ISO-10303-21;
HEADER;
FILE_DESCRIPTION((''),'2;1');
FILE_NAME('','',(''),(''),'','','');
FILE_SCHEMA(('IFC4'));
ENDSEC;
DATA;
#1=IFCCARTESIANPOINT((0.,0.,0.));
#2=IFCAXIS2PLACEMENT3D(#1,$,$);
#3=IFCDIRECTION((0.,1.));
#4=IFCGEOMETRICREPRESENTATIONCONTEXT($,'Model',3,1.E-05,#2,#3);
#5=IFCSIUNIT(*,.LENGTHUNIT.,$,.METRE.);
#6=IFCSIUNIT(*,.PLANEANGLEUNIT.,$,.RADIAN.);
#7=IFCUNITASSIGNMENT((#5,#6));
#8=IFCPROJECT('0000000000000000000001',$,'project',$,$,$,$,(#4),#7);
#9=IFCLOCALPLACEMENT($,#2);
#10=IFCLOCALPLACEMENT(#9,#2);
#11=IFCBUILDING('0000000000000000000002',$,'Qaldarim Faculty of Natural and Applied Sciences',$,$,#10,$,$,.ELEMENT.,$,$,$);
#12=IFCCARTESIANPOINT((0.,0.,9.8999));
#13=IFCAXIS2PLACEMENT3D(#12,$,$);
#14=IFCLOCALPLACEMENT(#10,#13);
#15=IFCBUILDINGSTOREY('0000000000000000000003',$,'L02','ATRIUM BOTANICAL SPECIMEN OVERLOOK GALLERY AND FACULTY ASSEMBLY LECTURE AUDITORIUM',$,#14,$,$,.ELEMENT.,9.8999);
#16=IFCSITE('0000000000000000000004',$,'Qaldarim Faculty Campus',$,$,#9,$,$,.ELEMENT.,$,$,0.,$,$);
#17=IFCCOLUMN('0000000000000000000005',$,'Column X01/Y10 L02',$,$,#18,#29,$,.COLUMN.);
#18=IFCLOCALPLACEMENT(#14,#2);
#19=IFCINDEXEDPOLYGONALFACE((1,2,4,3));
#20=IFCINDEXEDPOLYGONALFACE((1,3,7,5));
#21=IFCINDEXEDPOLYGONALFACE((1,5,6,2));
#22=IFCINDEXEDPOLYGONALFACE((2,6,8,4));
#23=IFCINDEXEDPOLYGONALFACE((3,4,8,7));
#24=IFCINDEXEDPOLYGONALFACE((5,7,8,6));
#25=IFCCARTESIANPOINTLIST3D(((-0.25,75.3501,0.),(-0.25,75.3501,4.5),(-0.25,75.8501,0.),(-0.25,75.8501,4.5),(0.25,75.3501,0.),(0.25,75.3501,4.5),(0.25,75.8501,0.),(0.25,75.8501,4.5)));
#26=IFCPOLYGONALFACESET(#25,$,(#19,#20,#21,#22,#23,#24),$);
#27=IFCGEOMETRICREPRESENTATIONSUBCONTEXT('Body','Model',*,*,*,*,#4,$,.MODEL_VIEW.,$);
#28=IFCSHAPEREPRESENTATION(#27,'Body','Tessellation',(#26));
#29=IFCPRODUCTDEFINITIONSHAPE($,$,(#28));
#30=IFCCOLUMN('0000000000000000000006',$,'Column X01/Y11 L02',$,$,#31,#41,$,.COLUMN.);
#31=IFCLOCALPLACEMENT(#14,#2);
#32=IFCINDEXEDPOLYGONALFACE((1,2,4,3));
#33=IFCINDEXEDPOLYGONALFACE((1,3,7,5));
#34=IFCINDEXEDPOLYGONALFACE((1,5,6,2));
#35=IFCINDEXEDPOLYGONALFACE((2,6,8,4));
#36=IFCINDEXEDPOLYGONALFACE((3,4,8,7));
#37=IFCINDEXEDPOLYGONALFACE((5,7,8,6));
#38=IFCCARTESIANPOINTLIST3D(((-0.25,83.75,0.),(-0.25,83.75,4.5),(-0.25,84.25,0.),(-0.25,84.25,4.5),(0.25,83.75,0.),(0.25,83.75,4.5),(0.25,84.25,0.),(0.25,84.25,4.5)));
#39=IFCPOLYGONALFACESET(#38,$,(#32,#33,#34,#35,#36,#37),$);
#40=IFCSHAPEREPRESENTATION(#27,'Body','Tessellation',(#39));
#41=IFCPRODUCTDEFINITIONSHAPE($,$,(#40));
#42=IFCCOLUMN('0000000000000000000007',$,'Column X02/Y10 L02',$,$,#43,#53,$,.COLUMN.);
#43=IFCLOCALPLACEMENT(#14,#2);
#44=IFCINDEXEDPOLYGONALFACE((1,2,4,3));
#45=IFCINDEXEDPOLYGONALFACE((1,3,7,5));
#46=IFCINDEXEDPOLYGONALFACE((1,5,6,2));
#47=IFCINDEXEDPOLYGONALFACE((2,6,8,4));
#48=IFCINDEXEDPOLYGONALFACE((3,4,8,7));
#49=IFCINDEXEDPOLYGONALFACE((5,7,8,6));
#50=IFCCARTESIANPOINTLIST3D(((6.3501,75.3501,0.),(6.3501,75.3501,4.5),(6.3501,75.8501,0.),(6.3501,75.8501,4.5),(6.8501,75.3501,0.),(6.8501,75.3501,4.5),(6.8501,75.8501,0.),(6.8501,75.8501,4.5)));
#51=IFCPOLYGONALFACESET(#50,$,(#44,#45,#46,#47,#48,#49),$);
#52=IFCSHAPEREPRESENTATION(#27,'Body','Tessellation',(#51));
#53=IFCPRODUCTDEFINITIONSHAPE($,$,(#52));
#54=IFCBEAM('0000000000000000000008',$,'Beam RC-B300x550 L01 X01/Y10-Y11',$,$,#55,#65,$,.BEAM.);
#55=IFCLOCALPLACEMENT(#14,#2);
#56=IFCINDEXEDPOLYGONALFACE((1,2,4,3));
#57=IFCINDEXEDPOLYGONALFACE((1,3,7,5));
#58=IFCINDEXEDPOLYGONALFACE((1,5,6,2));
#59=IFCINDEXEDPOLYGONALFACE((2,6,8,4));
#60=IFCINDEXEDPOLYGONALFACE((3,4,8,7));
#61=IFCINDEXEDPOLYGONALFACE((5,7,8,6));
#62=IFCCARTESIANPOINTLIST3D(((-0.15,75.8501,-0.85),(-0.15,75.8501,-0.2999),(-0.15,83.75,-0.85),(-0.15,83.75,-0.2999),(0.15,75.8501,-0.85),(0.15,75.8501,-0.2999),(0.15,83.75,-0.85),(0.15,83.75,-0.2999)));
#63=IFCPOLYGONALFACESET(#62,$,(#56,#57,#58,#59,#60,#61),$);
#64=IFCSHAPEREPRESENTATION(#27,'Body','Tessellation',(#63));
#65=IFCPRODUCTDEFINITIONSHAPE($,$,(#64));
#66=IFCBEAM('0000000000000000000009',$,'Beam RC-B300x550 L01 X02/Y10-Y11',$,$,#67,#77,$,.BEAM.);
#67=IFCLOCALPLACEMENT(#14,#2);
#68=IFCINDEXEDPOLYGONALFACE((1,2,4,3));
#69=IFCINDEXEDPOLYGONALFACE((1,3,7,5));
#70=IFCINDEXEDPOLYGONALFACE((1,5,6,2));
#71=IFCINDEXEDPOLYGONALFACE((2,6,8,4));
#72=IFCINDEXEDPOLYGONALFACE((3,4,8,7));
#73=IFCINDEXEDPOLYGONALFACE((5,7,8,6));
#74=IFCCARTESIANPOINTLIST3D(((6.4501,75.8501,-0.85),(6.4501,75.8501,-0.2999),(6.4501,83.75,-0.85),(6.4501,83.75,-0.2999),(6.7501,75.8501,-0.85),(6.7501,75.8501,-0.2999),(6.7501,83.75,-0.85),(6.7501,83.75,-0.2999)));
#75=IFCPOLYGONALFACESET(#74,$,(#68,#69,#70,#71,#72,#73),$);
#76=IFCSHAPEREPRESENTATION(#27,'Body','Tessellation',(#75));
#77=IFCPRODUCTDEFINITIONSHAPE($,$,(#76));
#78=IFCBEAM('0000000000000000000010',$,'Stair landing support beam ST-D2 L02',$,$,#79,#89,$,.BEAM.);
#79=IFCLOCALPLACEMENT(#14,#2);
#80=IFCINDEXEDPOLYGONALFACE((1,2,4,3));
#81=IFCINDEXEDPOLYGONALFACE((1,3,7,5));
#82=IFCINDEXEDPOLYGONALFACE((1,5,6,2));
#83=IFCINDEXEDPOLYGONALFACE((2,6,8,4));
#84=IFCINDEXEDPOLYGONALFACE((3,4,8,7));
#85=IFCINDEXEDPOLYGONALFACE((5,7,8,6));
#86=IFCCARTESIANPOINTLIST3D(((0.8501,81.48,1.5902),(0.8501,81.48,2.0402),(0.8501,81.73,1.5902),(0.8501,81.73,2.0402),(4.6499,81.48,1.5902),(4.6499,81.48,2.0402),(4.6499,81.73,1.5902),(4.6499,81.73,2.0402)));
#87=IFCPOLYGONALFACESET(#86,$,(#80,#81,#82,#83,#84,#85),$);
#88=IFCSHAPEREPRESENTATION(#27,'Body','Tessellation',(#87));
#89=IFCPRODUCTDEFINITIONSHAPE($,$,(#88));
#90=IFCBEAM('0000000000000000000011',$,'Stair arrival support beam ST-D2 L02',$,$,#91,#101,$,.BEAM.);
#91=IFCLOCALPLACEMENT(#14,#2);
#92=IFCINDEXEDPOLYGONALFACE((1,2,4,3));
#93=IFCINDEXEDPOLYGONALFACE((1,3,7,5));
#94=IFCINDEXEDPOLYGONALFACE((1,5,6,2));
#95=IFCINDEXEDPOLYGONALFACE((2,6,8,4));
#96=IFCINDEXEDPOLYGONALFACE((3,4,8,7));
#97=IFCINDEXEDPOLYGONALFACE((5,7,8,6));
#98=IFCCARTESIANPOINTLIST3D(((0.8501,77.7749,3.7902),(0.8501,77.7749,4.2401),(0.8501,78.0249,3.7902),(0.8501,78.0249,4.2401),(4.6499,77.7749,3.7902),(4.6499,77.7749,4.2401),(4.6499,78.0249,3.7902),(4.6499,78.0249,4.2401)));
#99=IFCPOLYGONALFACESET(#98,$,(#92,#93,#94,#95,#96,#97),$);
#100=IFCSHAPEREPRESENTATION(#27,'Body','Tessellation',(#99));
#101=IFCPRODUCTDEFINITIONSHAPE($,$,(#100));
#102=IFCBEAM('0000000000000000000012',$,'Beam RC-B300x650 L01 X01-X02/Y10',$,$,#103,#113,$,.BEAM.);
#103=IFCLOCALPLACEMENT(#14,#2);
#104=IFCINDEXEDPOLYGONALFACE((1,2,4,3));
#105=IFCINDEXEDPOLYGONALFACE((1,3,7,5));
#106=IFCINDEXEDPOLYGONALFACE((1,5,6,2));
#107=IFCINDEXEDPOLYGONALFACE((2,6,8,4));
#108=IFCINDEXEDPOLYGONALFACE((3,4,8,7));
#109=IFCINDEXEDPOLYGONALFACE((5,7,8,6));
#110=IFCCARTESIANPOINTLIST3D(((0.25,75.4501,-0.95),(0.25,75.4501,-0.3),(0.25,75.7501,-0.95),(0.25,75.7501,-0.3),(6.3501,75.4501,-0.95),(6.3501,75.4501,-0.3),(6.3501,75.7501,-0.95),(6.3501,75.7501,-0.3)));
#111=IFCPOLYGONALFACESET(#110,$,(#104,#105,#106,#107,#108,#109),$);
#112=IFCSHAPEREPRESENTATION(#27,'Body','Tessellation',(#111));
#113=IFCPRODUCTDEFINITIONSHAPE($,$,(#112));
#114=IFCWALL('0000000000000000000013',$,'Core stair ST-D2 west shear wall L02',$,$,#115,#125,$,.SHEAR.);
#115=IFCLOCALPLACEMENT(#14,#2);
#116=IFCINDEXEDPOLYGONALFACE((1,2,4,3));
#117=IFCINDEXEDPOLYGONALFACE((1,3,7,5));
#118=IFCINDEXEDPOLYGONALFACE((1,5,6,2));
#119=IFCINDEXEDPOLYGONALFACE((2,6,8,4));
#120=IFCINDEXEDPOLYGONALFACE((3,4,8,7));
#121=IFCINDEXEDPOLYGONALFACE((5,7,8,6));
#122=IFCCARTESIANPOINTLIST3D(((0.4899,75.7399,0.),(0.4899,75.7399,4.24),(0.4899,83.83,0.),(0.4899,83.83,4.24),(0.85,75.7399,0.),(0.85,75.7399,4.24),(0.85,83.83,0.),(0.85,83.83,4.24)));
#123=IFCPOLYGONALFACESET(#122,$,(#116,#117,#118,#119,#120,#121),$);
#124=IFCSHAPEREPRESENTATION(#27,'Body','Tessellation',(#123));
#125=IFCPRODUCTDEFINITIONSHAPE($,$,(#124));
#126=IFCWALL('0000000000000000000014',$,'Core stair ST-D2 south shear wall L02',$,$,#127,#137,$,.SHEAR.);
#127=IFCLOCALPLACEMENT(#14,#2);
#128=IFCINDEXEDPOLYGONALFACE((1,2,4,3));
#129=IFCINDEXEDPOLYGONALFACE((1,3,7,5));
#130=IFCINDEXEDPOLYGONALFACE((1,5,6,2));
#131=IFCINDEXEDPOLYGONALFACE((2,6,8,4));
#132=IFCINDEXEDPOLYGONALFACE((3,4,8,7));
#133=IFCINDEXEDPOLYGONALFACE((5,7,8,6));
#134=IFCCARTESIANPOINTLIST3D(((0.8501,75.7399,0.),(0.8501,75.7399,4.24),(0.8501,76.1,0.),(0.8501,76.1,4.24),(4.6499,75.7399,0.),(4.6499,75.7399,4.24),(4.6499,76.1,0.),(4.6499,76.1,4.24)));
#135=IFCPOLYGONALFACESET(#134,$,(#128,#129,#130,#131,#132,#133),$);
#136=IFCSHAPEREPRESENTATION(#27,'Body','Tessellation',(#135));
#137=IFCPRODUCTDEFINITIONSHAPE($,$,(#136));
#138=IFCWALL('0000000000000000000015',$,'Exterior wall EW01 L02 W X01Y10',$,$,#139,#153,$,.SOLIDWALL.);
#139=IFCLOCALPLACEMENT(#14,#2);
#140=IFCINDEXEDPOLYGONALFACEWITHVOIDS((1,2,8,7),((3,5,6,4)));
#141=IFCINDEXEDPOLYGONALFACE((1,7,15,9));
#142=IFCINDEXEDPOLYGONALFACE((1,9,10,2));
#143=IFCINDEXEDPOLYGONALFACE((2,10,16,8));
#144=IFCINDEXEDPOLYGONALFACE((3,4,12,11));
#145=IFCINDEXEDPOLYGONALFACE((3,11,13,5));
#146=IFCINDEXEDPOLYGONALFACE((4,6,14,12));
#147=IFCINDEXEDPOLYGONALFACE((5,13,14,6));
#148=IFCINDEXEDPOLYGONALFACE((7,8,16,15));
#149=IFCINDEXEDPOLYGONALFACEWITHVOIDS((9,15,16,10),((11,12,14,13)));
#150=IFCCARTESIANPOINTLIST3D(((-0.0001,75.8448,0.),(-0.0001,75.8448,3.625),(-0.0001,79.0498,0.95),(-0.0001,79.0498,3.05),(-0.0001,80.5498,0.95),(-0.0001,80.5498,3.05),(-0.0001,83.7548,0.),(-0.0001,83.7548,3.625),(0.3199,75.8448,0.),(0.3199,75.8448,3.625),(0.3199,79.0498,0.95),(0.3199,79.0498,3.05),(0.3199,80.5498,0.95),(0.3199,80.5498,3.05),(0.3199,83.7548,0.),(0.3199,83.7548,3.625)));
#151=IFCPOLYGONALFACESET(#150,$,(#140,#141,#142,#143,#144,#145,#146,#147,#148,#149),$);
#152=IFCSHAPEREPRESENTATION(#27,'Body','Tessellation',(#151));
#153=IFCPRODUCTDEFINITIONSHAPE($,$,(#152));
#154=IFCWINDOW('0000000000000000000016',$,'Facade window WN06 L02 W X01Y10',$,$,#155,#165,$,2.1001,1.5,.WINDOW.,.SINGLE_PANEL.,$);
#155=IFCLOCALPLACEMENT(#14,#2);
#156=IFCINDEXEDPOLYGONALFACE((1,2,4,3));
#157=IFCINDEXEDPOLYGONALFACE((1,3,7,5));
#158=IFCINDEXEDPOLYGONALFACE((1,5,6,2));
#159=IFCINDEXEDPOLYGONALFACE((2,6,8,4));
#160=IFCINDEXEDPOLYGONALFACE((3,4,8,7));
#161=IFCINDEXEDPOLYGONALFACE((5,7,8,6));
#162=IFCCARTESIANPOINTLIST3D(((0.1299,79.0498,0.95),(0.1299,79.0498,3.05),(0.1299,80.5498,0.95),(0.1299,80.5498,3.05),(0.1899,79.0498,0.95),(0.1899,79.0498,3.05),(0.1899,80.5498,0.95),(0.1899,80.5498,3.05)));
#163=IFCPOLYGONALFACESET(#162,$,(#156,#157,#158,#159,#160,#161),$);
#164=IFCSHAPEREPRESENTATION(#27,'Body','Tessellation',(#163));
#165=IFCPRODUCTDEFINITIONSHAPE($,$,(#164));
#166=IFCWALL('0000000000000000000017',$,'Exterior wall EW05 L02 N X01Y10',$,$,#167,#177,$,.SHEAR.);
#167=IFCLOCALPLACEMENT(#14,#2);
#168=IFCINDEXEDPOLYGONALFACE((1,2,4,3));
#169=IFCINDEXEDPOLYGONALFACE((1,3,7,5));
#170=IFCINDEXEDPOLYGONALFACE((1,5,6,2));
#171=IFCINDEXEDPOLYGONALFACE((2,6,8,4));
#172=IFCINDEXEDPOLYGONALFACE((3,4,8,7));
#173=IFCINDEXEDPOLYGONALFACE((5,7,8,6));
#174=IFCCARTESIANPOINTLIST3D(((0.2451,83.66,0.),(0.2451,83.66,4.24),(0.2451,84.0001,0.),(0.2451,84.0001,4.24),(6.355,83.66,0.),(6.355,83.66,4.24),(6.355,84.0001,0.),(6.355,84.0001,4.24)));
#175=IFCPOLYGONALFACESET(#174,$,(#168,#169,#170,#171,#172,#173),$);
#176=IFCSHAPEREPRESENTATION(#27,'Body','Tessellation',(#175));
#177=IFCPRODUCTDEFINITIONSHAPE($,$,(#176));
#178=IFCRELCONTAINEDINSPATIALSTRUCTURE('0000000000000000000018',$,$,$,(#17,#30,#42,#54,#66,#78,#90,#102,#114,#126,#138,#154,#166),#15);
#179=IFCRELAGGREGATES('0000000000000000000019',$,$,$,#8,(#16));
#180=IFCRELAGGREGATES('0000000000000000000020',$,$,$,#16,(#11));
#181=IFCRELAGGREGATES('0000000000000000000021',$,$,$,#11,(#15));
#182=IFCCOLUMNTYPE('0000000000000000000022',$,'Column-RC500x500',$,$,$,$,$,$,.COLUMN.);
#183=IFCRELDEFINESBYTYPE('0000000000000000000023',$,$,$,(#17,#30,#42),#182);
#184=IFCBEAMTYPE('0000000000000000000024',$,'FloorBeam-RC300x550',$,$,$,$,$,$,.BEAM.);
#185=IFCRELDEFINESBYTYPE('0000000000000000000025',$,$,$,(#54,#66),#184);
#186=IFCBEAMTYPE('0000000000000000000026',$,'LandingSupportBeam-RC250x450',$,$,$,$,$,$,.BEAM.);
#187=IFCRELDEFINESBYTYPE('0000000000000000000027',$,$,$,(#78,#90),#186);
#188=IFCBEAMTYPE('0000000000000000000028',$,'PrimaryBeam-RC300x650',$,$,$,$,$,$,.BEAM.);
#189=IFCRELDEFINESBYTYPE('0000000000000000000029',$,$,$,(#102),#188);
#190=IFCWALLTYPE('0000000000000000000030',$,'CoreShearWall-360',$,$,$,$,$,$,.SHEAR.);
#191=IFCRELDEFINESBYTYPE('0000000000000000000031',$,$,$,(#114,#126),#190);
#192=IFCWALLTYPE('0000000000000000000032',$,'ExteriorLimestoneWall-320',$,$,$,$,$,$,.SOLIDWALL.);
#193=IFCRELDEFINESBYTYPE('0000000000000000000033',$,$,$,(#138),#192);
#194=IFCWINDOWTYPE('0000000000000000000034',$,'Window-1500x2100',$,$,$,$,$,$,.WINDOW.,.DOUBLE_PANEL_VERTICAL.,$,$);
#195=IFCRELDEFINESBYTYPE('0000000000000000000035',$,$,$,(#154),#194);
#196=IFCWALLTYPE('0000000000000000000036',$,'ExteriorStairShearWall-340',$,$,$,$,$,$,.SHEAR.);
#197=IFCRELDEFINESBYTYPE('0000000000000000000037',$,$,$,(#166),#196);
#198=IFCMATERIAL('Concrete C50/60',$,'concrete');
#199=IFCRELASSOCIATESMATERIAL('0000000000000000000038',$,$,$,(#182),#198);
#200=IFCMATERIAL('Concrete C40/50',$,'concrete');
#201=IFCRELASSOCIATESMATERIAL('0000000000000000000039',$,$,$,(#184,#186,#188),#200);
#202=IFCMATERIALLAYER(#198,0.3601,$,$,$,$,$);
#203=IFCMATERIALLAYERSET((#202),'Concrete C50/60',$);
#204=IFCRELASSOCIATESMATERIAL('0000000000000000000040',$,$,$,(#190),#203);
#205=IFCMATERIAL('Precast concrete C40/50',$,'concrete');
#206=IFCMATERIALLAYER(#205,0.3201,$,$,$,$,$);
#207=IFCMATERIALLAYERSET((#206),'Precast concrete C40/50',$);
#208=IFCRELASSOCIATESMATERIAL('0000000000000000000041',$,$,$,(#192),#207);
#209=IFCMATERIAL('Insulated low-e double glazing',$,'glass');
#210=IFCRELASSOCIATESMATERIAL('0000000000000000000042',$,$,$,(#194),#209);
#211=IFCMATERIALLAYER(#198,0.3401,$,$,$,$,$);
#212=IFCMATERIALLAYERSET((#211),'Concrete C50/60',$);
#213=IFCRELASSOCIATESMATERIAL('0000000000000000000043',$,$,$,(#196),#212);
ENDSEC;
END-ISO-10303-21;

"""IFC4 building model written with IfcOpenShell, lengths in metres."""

from ifc_helpers import new_model, si_unit, direction, frame, frame_2d, origin, origin_2d, place, context, subcontext, project, spatial, rectangle, extrude, material, layer, layer_set, material_profile, profile_set, type_object, element, fill, save


model = new_model("IFC4")

# Units and contexts
model_context = context("Model", 3, precision=1e-05, world=origin(), true_north=direction((0.0, 1.0)))
body_context = subcontext(model_context, "Body", "Model", "MODEL_VIEW")
ifc_project = project(units=[si_unit("LENGTHUNIT", "METRE"), si_unit("PLANEANGLEUNIT", "RADIAN")], contexts=[model_context])

# Site, building, storey
site_placement = place(None, origin())
site = spatial("IfcSite", under=ifc_project, at=site_placement, Name="Qaldarim Faculty Campus", CompositionType="ELEMENT", RefElevation=0.0)
building_placement = place(site_placement, origin())
building = spatial("IfcBuilding", under=site, at=building_placement, Name="Qaldarim Faculty of Natural and Applied Sciences", CompositionType="ELEMENT")
storey_placement = place(building_placement, frame((0.0, 0.0, 9.8999)))
storey = spatial("IfcBuildingStorey", under=building, at=storey_placement, Name="L02", Description="ATRIUM BOTANICAL SPECIMEN OVERLOOK GALLERY AND FACULTY ASSEMBLY LECTURE AUDITORIUM", CompositionType="ELEMENT", Elevation=9.8999)

# Columns
ifc_material_1 = material(Name="Concrete C50/60", Category="concrete")
ifc_material_profile_1 = material_profile(ifc_material_1, rectangle(XDim=0.5, YDim=0.5, at=origin_2d()), Name="RC-C500x500")
ifc_profile_set_1 = profile_set([ifc_material_profile_1], Name="Concrete C50/60")
column_type = type_object("IfcColumnType", Name="Column-RC500x500", PredefinedType="COLUMN", material=ifc_profile_set_1)
for number, where, z_axis, x_axis, name in (
    (1, (0.0, 75.6001, 0.0), (0.0, 0.0, 1.0), (1.0, 0.0, 0.0), "Column X01/Y10 L02"),
    (2, (0.0, 84.0, 0.0), (0.0, 0.0, 1.0), (1.0, 0.0, 0.0), "Column X01/Y11 L02"),
    (3, (6.6001, 75.6001, 0.0), (0.0, 0.0, 1.0), (1.0, 0.0, 0.0), "Column X02/Y10 L02"),
):
    element("IfcColumn", number, at=place(storey_placement, frame(where, z_axis=z_axis, x_axis=x_axis)), inside=storey, type_object=column_type, Name=name, PredefinedType="COLUMN", context=body_context, shape_type="SweptSolid", body=[
        extrude(rectangle(XDim=0.5, YDim=0.5, at=origin_2d()), origin(), (0.0, 0.0, 1.0), 4.5),
    ])

# Beams
ifc_material_2 = material(Name="Concrete C40/50", Category="concrete")
ifc_material_profile_2 = material_profile(ifc_material_2, rectangle(XDim=0.3, YDim=0.55, at=origin_2d()), Name="RC-B300x550")
ifc_profile_set_2 = profile_set([ifc_material_profile_2], Name="Concrete C40/50")
beam_type_1 = type_object("IfcBeamType", Name="FloorBeam-RC300x550", PredefinedType="BEAM", material=ifc_profile_set_2)
for number, where, z_axis, x_axis, name in (
    (4, (0.0, 75.8501, -0.575), (0.0, 1.0, 0.0), (-1.0, 0.0, 0.0), "Beam RC-B300x550 L01 X01/Y10-Y11"),
    (5, (6.6001, 75.8501, -0.575), (0.0, 1.0, 0.0), (-1.0, 0.0, 0.0), "Beam RC-B300x550 L01 X02/Y10-Y11"),
):
    element("IfcBeam", number, at=place(storey_placement, frame(where, z_axis=z_axis, x_axis=x_axis)), inside=storey, type_object=beam_type_1, Name=name, PredefinedType="BEAM", context=body_context, shape_type="SweptSolid", body=[
        extrude(rectangle(XDim=0.3, YDim=0.55, at=origin_2d()), origin(), (0.0, 0.0, 1.0), 7.8999),
    ])
ifc_material_profile_3 = material_profile(ifc_material_2, rectangle(XDim=0.25, YDim=0.45, at=origin_2d()), Name="RC-LN250x450")
ifc_profile_set_3 = profile_set([ifc_material_profile_3], Name="Concrete C40/50")
beam_type_2 = type_object("IfcBeamType", Name="LandingSupportBeam-RC250x450", PredefinedType="BEAM", material=ifc_profile_set_3)
for number, where, z_axis, x_axis, name in (
    (6, (0.8501, 81.605, 1.8152), (1.0, 0.0, 0.0), (0.0, 1.0, 0.0), "Stair landing support beam ST-D2 L02"),
    (7, (0.8501, 77.8999, 4.0151), (1.0, 0.0, 0.0), (0.0, 1.0, 0.0), "Stair arrival support beam ST-D2 L02"),
):
    element("IfcBeam", number, at=place(storey_placement, frame(where, z_axis=z_axis, x_axis=x_axis)), inside=storey, type_object=beam_type_2, Name=name, PredefinedType="BEAM", context=body_context, shape_type="SweptSolid", body=[
        extrude(rectangle(XDim=0.25, YDim=0.45, at=origin_2d()), origin(), (0.0, 0.0, 1.0), 3.7998),
    ])
ifc_material_profile_4 = material_profile(ifc_material_2, rectangle(XDim=0.3, YDim=0.6499, at=origin_2d()), Name="RC-B300x650")
ifc_profile_set_4 = profile_set([ifc_material_profile_4], Name="Concrete C40/50")
beam_type_3 = type_object("IfcBeamType", Name="PrimaryBeam-RC300x650", PredefinedType="BEAM", material=ifc_profile_set_4)
beam_placement = place(storey_placement, frame((0.25, 75.6001, -0.625), z_axis=(1.0, 0.0, 0.0), x_axis=(0.0, 1.0, 0.0)))
element("IfcBeam", 8, at=beam_placement, inside=storey, type_object=beam_type_3, Name="Beam RC-B300x650 L01 X01-X02/Y10", PredefinedType="BEAM", context=body_context, shape_type="SweptSolid", body=[
    extrude(rectangle(XDim=0.3, YDim=0.6499, at=origin_2d()), origin(), (0.0, 0.0, 1.0), 6.1001),
])

# Wall
ifc_layer_1 = layer(ifc_material_1, 0.3601)
ifc_layer_set_1 = layer_set([ifc_layer_1], Name="Concrete C50/60")
wall_type_1 = type_object("IfcWallType", Name="CoreShearWall-360", PredefinedType="SHEAR", material=ifc_layer_set_1)
wall_1_placement = place(storey_placement, frame((0.6699, 75.74, 0.0), z_axis=(0.0, 0.0, 1.0), x_axis=(0.0, 1.0, 0.0)))
element("IfcWall", 9, at=wall_1_placement, inside=storey, type_object=wall_type_1, Name="Core stair ST-D2 west shear wall L02", PredefinedType="SHEAR", context=body_context, shape_type="SweptSolid", body=[
    extrude(rectangle(XDim=8.0901, YDim=0.3601, at=frame_2d((4.0449, 0.0))), origin(), (0.0, 0.0, 1.0), 4.24),
])

# Wall
wall_2_placement = place(storey_placement, frame((0.8501, 75.9199, 0.0), z_axis=(0.0, 0.0, 1.0), x_axis=(1.0, 0.0, 0.0)))
element("IfcWall", 10, at=wall_2_placement, inside=storey, type_object=wall_type_1, Name="Core stair ST-D2 south shear wall L02", PredefinedType="SHEAR", context=body_context, shape_type="SweptSolid", body=[
    extrude(rectangle(XDim=3.7998, YDim=0.3601, at=frame_2d((1.8999, 0.0))), origin(), (0.0, 0.0, 1.0), 4.24),
])

# Wall, opening, window
ifc_material_3 = material(Name="Precast concrete C40/50", Category="concrete")
ifc_layer_2 = layer(ifc_material_3, 0.3201)
ifc_layer_set_2 = layer_set([ifc_layer_2], Name="Precast concrete C40/50")
wall_type_2 = type_object("IfcWallType", Name="ExteriorLimestoneWall-320", PredefinedType="SOLIDWALL", material=ifc_layer_set_2)
wall_3_placement = place(storey_placement, frame((0.1599, 83.7549, 0.0), z_axis=(0.0, 0.0, 1.0), x_axis=(0.0, -1.0, 0.0)))
wall_3 = element("IfcWall", 11, at=wall_3_placement, inside=storey, type_object=wall_type_2, Name="Exterior wall EW01 L02 W X01Y10", PredefinedType="SOLIDWALL", context=body_context, shape_type="SweptSolid", body=[
    extrude(rectangle(XDim=7.9099, YDim=0.3201, at=frame_2d((3.9551, 0.0))), origin(), (0.0, 0.0, 1.0), 3.625),
])
opening_1_placement = place(wall_3_placement, frame((3.2051, 0.0, 0.95)))
opening_1 = element("IfcOpeningElement", 12, at=opening_1_placement, cuts=wall_3, PredefinedType="OPENING", context=body_context, shape_type="SweptSolid", body=[
    extrude(rectangle(XDim=1.5, YDim=2.1001, at=frame_2d((0.75, 1.05))), frame((0.0, 0.1699, 0.0), z_axis=(0.0, -1.0, 0.0), x_axis=(1.0, 0.0, 0.0)), (0.0, 0.0, 1.0), 0.3401),
])
ifc_material_4 = material(Name="Insulated low-e double glazing", Category="glass")
window_type = type_object("IfcWindowType", Name="Window-1500x2100", PartitioningType="DOUBLE_PANEL_VERTICAL", PredefinedType="WINDOW", material=ifc_material_4)
window_placement = place(opening_1_placement, origin())
window = element("IfcWindow", 13, at=window_placement, inside=storey, type_object=window_type, Name="Facade window WN06 L02 W X01Y10", OverallHeight=2.1001, OverallWidth=1.5, PartitioningType="SINGLE_PANEL", PredefinedType="WINDOW", context=body_context, shape_type="SweptSolid", body=[
    extrude(rectangle(XDim=1.5, YDim=2.1001, at=frame_2d((0.75, 1.05))), frame((0.0, 0.03, 0.0), z_axis=(0.0, -1.0, 0.0), x_axis=(1.0, 0.0, 0.0)), (0.0, 0.0, 1.0), 0.0601),
])
fill(opening_1, window)

# Wall
ifc_layer_3 = layer(ifc_material_1, 0.3401)
ifc_layer_set_3 = layer_set([ifc_layer_3], Name="Concrete C50/60")
wall_type_3 = type_object("IfcWallType", Name="ExteriorStairShearWall-340", PredefinedType="SHEAR", material=ifc_layer_set_3)
wall_4_placement = place(storey_placement, frame((6.355, 83.8301, 0.0), z_axis=(0.0, 0.0, 1.0), x_axis=(-1.0, 0.0, 0.0)))
element("IfcWall", 14, at=wall_4_placement, inside=storey, type_object=wall_type_3, Name="Exterior wall EW05 L02 N X01Y10", PredefinedType="SHEAR", context=body_context, shape_type="SweptSolid", body=[
    extrude(rectangle(XDim=6.1099, YDim=0.3401, at=frame_2d((3.0549, 0.0))), origin(), (0.0, 0.0, 1.0), 4.24),
])

save(model, "model.ifc")
